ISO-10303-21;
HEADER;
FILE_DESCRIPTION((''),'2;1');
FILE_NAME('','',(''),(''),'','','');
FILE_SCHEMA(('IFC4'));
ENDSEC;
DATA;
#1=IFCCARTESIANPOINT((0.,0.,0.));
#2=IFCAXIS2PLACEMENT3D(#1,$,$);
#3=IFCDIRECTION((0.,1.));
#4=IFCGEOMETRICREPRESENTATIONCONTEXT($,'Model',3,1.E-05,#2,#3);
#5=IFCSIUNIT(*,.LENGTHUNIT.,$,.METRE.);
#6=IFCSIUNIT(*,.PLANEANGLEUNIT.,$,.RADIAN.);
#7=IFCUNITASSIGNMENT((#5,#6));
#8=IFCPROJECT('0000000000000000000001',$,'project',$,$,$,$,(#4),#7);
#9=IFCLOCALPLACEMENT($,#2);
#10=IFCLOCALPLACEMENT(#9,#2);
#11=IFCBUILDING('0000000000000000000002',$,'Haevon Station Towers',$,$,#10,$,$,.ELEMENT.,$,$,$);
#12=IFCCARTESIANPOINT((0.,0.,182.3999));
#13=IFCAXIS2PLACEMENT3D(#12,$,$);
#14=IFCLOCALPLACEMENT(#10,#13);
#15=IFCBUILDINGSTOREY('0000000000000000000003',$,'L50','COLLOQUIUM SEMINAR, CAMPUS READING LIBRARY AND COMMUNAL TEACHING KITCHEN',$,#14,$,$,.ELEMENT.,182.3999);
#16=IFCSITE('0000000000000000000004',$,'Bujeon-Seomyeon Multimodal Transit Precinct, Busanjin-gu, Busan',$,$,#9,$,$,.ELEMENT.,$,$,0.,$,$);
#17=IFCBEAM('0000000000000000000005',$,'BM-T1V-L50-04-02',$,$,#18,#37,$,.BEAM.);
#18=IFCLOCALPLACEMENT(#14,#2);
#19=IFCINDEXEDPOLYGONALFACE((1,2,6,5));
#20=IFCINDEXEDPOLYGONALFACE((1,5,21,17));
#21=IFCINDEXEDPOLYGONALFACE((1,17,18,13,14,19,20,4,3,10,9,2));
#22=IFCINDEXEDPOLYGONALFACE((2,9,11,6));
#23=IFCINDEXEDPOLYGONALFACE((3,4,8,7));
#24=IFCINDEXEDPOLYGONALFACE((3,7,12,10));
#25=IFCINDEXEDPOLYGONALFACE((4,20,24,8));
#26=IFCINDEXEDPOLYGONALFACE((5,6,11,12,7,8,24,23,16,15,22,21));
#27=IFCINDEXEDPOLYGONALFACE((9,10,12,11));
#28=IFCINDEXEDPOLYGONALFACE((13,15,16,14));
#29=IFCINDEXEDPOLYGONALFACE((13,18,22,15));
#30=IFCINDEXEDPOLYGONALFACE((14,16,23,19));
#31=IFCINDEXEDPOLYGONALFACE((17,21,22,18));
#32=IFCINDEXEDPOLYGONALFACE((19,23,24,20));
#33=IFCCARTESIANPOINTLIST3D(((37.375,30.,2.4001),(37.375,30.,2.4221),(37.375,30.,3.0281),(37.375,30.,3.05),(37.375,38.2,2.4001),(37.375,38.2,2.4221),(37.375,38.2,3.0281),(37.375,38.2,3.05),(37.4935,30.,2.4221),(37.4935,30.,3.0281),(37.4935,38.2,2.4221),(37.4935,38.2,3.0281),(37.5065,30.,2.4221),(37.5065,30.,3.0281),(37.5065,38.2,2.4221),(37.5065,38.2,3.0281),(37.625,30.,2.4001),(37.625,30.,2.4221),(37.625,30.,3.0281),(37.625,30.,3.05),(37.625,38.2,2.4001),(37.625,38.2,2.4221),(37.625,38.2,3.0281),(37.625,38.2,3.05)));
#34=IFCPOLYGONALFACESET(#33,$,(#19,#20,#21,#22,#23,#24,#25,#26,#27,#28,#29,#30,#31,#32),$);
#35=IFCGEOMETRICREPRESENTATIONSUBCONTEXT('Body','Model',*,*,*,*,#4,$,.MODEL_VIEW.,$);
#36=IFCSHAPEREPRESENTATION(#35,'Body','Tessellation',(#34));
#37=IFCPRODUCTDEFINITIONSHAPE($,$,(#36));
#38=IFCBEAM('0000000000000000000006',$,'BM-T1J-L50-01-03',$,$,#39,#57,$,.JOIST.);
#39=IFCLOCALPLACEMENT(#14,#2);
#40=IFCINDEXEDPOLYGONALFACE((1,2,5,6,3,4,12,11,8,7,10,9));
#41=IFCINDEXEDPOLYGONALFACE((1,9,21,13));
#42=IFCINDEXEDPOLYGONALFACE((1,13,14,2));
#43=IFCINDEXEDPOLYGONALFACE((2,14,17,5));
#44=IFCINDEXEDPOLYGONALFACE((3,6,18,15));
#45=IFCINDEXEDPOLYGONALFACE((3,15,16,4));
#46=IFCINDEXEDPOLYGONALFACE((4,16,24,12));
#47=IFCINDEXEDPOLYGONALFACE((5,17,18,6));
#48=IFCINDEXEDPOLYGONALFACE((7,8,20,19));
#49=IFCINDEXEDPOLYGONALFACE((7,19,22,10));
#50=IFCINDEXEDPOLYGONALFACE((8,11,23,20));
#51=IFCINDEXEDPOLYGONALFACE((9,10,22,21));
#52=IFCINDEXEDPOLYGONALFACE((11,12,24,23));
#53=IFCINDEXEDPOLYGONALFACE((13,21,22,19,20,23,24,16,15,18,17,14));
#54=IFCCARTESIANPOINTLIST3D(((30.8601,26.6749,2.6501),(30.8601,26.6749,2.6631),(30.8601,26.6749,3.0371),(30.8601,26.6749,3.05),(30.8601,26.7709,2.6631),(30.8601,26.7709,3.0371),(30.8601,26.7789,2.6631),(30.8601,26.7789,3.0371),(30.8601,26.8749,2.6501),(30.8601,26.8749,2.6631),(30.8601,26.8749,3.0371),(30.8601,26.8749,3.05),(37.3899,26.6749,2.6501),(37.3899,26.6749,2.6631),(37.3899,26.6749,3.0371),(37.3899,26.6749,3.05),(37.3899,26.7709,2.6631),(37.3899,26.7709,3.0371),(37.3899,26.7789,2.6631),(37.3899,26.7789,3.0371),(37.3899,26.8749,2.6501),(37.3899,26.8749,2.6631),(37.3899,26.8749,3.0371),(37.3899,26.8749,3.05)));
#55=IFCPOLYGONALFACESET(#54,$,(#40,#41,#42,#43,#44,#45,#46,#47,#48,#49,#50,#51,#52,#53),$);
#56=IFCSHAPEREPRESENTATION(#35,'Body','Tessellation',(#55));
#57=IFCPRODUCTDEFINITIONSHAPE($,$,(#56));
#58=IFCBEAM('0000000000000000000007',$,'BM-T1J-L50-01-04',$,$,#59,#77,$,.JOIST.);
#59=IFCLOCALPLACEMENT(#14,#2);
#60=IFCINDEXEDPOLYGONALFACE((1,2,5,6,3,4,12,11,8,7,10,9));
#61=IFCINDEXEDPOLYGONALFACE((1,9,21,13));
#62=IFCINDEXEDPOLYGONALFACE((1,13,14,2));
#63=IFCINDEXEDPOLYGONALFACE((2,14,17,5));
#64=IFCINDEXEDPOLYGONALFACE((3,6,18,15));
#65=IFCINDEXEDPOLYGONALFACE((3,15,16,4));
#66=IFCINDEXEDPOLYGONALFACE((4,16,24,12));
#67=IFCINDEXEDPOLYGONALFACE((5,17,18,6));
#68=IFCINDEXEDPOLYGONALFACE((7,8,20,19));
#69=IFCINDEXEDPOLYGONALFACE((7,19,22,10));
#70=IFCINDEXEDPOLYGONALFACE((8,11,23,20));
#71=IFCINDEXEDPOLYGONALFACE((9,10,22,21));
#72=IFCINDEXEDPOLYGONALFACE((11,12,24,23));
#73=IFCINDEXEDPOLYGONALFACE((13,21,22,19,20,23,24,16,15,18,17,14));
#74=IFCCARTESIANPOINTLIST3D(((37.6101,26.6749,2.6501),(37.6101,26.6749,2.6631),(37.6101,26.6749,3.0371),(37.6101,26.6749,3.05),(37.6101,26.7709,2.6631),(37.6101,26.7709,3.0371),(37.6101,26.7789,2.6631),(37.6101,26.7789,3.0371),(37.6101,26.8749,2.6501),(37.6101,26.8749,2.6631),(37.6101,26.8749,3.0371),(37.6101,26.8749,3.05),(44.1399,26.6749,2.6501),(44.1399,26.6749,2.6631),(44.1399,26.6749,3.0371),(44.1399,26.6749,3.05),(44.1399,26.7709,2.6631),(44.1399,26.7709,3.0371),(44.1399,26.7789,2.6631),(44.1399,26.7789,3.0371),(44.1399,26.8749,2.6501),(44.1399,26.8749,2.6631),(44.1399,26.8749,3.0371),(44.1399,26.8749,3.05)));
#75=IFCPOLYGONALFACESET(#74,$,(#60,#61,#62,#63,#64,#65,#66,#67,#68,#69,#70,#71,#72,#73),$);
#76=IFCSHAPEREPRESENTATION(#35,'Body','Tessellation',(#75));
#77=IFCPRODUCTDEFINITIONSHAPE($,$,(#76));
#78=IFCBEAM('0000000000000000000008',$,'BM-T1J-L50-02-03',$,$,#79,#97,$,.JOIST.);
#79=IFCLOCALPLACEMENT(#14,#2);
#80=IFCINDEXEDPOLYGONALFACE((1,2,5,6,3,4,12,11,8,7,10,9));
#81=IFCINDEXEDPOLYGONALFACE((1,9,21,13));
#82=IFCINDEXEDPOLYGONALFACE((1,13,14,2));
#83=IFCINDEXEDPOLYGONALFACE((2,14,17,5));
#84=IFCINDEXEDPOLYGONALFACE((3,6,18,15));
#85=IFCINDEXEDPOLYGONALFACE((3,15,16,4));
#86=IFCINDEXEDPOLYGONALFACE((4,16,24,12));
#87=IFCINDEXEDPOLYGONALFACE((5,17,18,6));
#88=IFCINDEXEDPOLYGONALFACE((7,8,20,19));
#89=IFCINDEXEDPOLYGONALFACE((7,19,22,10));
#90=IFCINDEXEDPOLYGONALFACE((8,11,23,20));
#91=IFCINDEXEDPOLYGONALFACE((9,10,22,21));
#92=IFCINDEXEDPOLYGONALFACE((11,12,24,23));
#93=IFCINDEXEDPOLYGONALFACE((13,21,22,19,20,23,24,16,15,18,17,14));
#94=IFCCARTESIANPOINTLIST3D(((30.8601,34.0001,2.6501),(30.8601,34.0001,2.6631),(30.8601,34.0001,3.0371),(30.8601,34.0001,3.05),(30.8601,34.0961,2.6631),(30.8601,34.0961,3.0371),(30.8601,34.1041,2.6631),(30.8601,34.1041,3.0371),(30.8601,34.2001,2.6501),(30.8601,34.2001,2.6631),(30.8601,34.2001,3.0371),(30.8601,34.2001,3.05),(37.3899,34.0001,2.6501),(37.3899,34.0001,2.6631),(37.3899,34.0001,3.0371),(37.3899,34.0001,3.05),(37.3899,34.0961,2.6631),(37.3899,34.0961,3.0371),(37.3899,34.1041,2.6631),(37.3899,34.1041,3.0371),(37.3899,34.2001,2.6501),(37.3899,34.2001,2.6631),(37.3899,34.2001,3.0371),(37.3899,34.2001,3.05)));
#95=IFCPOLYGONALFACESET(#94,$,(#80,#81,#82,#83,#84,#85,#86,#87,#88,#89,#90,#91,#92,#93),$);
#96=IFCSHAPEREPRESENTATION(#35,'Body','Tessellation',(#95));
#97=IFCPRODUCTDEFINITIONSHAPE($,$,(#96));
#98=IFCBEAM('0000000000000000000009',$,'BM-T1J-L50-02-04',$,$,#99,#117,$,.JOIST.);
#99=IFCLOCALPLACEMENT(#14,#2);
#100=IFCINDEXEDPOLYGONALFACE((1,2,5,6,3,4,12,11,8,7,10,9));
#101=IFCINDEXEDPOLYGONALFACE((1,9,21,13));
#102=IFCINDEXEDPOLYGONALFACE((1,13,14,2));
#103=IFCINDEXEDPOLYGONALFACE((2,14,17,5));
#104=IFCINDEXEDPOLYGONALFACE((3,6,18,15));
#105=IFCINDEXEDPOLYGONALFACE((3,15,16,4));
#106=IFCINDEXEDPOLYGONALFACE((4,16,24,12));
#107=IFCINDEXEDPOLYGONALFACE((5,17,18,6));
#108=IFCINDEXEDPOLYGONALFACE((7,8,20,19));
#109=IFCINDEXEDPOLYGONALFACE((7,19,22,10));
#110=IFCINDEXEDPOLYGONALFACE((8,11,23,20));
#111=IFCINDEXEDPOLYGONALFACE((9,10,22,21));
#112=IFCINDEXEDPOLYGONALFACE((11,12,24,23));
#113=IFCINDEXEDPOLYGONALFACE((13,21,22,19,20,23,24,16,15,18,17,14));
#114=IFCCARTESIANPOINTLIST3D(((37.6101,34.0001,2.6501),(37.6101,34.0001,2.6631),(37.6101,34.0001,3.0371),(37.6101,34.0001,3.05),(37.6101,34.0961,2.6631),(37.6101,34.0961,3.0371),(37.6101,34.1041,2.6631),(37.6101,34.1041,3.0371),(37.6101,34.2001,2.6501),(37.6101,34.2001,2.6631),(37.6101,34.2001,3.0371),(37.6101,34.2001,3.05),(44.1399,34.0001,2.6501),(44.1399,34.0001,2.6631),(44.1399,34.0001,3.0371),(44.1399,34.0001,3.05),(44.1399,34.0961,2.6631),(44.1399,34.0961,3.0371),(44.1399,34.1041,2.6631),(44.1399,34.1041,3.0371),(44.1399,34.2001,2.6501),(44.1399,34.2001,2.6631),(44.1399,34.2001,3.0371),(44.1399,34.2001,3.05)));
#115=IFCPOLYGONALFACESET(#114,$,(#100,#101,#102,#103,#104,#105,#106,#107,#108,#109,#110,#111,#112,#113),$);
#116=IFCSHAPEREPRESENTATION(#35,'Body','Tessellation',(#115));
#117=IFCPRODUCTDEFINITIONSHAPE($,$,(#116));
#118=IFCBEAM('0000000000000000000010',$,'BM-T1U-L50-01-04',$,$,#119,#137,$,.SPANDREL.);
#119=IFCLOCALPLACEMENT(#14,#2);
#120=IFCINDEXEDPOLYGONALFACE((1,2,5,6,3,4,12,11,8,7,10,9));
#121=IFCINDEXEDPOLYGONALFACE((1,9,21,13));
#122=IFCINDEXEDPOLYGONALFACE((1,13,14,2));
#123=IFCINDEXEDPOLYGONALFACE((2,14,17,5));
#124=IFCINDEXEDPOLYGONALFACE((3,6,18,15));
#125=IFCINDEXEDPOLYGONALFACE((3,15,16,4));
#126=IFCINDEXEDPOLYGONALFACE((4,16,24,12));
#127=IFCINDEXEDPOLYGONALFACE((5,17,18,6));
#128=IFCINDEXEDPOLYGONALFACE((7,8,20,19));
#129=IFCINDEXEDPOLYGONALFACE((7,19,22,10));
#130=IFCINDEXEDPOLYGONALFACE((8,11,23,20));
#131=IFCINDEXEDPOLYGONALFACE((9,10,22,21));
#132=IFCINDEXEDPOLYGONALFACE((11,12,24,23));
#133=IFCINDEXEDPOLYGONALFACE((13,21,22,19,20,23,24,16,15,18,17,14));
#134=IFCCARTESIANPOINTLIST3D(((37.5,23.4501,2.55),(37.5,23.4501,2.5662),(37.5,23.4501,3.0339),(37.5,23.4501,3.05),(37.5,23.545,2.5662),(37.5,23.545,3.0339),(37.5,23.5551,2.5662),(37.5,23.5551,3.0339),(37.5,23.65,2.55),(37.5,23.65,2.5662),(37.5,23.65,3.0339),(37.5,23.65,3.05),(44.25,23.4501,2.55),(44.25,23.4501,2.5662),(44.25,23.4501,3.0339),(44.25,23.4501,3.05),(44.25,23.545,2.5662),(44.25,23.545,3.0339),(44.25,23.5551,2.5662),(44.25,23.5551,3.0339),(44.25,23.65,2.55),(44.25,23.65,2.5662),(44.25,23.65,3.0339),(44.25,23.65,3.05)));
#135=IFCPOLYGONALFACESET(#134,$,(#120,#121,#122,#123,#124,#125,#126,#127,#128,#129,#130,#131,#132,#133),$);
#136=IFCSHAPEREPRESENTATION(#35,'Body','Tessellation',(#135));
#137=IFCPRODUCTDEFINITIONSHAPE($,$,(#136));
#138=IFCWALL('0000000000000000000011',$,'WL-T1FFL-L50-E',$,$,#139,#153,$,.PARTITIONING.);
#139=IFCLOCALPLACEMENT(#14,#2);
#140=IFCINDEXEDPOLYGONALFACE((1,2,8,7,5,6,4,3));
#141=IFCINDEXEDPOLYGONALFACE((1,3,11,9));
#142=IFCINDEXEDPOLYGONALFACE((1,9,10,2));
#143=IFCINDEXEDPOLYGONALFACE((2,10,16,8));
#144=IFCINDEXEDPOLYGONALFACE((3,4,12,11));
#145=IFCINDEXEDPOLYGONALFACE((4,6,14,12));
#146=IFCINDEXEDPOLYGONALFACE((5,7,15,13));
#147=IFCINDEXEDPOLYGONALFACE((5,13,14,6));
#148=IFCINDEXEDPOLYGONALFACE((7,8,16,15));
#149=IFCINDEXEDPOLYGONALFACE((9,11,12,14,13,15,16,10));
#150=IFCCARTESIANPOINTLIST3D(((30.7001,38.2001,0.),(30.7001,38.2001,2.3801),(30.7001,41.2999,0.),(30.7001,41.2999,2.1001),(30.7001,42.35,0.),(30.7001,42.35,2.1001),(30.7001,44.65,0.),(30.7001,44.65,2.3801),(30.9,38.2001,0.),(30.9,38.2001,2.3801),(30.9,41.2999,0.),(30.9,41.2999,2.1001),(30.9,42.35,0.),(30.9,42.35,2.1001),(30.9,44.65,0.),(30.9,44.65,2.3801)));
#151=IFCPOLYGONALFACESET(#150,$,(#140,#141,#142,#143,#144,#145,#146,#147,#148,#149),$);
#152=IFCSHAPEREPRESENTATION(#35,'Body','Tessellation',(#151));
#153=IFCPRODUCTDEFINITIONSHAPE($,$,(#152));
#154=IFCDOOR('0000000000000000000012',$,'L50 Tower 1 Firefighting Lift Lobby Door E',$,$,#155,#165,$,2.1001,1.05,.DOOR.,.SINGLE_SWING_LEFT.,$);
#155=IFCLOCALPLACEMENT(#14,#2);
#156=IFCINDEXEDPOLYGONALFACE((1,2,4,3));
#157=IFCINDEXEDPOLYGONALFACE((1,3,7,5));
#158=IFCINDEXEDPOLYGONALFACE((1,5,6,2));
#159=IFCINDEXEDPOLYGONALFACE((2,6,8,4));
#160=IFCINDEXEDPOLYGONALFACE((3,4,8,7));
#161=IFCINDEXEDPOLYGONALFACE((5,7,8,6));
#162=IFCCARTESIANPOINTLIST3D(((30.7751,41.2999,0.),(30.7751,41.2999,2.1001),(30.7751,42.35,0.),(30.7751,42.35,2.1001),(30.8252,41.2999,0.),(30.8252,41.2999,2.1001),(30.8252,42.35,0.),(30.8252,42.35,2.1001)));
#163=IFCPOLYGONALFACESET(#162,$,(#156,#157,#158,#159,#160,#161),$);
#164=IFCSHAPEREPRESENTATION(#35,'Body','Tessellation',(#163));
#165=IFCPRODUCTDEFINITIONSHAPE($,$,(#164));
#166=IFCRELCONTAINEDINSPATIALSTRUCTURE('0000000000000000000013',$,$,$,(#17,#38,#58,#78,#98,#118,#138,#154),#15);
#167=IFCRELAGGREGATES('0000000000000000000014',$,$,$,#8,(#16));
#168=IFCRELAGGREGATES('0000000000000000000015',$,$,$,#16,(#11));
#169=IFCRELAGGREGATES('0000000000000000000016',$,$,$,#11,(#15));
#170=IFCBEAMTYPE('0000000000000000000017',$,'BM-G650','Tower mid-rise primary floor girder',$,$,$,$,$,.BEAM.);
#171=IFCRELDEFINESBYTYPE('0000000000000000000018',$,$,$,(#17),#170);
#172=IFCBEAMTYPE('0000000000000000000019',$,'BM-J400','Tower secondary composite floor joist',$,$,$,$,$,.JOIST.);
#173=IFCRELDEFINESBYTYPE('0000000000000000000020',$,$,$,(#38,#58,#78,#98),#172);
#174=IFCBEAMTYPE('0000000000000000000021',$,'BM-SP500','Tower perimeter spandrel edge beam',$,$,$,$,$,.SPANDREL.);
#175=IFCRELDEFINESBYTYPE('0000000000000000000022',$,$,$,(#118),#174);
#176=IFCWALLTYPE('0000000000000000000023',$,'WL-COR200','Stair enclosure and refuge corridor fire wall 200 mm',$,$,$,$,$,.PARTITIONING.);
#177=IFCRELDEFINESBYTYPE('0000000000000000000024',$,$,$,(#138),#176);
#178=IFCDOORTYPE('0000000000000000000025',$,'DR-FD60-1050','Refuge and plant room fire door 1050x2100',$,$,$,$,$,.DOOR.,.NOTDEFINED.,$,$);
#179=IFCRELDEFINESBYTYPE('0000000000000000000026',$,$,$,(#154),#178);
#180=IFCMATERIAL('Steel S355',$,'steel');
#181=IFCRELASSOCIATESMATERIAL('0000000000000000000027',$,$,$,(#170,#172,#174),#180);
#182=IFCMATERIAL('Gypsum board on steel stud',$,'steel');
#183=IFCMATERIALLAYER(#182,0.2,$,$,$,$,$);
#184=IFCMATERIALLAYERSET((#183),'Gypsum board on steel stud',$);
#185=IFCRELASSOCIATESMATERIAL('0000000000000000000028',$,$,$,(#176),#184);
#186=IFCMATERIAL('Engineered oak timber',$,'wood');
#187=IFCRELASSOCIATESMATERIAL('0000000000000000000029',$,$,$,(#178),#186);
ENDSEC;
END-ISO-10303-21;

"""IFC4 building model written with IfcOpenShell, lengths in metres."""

from ifc_helpers import new_model, si_unit, direction, frame, frame_2d, origin, origin_2d, place, context, subcontext, project, spatial, rectangle, i_section, extrude, material, layer, layer_set, material_profile, profile_set, type_object, element, fill, save


model = new_model("IFC4")

# Units and contexts
model_context = context("Model", 3, precision=1e-05, world=origin(), true_north=direction((0.0, 1.0)))
body_context = subcontext(model_context, "Body", "Model", "MODEL_VIEW")
ifc_project = project(units=[si_unit("LENGTHUNIT", "METRE"), si_unit("PLANEANGLEUNIT", "RADIAN")], contexts=[model_context])

# Site, building, storey
site_placement = place(None, origin())
site = spatial("IfcSite", under=ifc_project, at=site_placement, Name="Bujeon-Seomyeon Multimodal Transit Precinct, Busanjin-gu, Busan", CompositionType="ELEMENT", RefElevation=0.0)
building_placement = place(site_placement, origin())
building = spatial("IfcBuilding", under=site, at=building_placement, Name="Haevon Station Towers", CompositionType="ELEMENT")
storey_placement = place(building_placement, frame((0.0, 0.0, 182.3999)))
storey = spatial("IfcBuildingStorey", under=building, at=storey_placement, Name="L50", Description="COLLOQUIUM SEMINAR, CAMPUS READING LIBRARY AND COMMUNAL TEACHING KITCHEN", CompositionType="ELEMENT", Elevation=182.3999)

# Shared definitions
ifc_material_1 = material(Name="Steel S355", Category="steel")

# Beams
ifc_material_profile_1 = material_profile(ifc_material_1, i_section(OverallWidth=0.25, OverallDepth=0.6499, WebThickness=0.0129, FlangeThickness=0.022, at=origin_2d()), Name="H-650x250x13x22")
ifc_profile_set_1 = profile_set([ifc_material_profile_1], Name="Steel S355")
beam_type_1 = type_object("IfcBeamType", Name="BM-G650", Description="Tower mid-rise primary floor girder", PredefinedType="BEAM", material=ifc_profile_set_1)
beam_1_placement = place(storey_placement, frame((37.5, 30.0, 2.7251), z_axis=(0.0, 1.0, 0.0), x_axis=(-1.0, 0.0, 0.0)))
element("IfcBeam", 1, at=beam_1_placement, inside=storey, type_object=beam_type_1, Name="BM-T1V-L50-04-02", PredefinedType="BEAM", context=body_context, shape_type="SweptSolid", body=[
    extrude(i_section(OverallWidth=0.25, OverallDepth=0.6499, WebThickness=0.0129, FlangeThickness=0.022, at=origin_2d()), origin(), (0.0, 0.0, 1.0), 8.2),
])
ifc_material_profile_2 = material_profile(ifc_material_1, i_section(OverallWidth=0.2, OverallDepth=0.3999, WebThickness=0.0081, FlangeThickness=0.0129, at=origin_2d()), Name="H-400x200x8x13")
ifc_profile_set_2 = profile_set([ifc_material_profile_2], Name="Steel S355")
beam_type_2 = type_object("IfcBeamType", Name="BM-J400", Description="Tower secondary composite floor joist", PredefinedType="JOIST", material=ifc_profile_set_2)
for number, where, z_axis, x_axis, name in (
    (2, (30.8601, 26.7749, 2.8501), (1.0, 0.0, 0.0), (0.0, 1.0, 0.0), "BM-T1J-L50-01-03"),
    (3, (37.6101, 26.7749, 2.8501), (1.0, 0.0, 0.0), (0.0, 1.0, 0.0), "BM-T1J-L50-01-04"),
    (4, (30.8601, 34.1001, 2.8501), (1.0, 0.0, 0.0), (0.0, 1.0, 0.0), "BM-T1J-L50-02-03"),
    (5, (37.6101, 34.1001, 2.8501), (1.0, 0.0, 0.0), (0.0, 1.0, 0.0), "BM-T1J-L50-02-04"),
):
    element("IfcBeam", number, at=place(storey_placement, frame(where, z_axis=z_axis, x_axis=x_axis)), inside=storey, type_object=beam_type_2, Name=name, PredefinedType="JOIST", context=body_context, shape_type="SweptSolid", body=[
        extrude(i_section(OverallWidth=0.2, OverallDepth=0.3999, WebThickness=0.0081, FlangeThickness=0.0129, at=origin_2d()), origin(), (0.0, 0.0, 1.0), 6.5298),
    ])
ifc_material_profile_3 = material_profile(ifc_material_1, i_section(OverallWidth=0.2, OverallDepth=0.5, WebThickness=0.01, FlangeThickness=0.0161, at=origin_2d()), Name="H-500x200x10x16")
ifc_profile_set_3 = profile_set([ifc_material_profile_3], Name="Steel S355")
beam_type_3 = type_object("IfcBeamType", Name="BM-SP500", Description="Tower perimeter spandrel edge beam", PredefinedType="SPANDREL", material=ifc_profile_set_3)
beam_2_placement = place(storey_placement, frame((37.5, 23.55, 2.8), z_axis=(1.0, 0.0, 0.0), x_axis=(0.0, 1.0, 0.0)))
element("IfcBeam", 6, at=beam_2_placement, inside=storey, type_object=beam_type_3, Name="BM-T1U-L50-01-04", PredefinedType="SPANDREL", context=body_context, shape_type="SweptSolid", body=[
    extrude(i_section(OverallWidth=0.2, OverallDepth=0.5, WebThickness=0.01, FlangeThickness=0.0161, at=origin_2d()), origin(), (0.0, 0.0, 1.0), 6.75),
])

# Wall, opening, door
ifc_material_2 = material(Name="Gypsum board on steel stud", Category="steel")
ifc_layer_1 = layer(ifc_material_2, 0.2)
ifc_layer_set_1 = layer_set([ifc_layer_1], Name="Gypsum board on steel stud")
wall_type_1 = type_object("IfcWallType", Name="WL-COR200", Description="Stair enclosure and refuge corridor fire wall 200 mm", PredefinedType="PARTITIONING", material=ifc_layer_set_1)
wall_1_placement = place(storey_placement, frame((30.8, 38.2, 0.0), z_axis=(0.0, 0.0, 1.0), x_axis=(0.0, 1.0, 0.0)))
wall_1 = element("IfcWall", 7, at=wall_1_placement, inside=storey, type_object=wall_type_1, Name="WL-T1FFL-L50-E", PredefinedType="PARTITIONING", context=body_context, shape_type="SweptSolid", body=[
    extrude(rectangle(XDim=6.45, YDim=0.2, at=frame_2d((3.2251, 0.0))), origin(), (0.0, 0.0, 1.0), 2.3801),
])
opening_1_placement = place(wall_1_placement, frame((3.1001, 0.0, 0.0)))
opening_1 = element("IfcOpeningElement", 8, at=opening_1_placement, cuts=wall_1, PredefinedType="OPENING", context=body_context, shape_type="SweptSolid", body=[
    extrude(rectangle(XDim=1.05, YDim=2.1001, at=frame_2d((0.5249, 1.05))), frame((0.0, 0.1099, 0.0), z_axis=(0.0, -1.0, 0.0), x_axis=(1.0, 0.0, 0.0)), (0.0, 0.0, 1.0), 0.22),
])
ifc_material_3 = material(Name="Engineered oak timber", Category="wood")
door_type_1 = type_object("IfcDoorType", Name="DR-FD60-1050", Description="Refuge and plant room fire door 1050x2100", OperationType="NOTDEFINED", PredefinedType="DOOR", material=ifc_material_3)
door_1_placement = place(opening_1_placement, origin())
door_1 = element("IfcDoor", 9, at=door_1_placement, inside=storey, type_object=door_type_1, Name="L50 Tower 1 Firefighting Lift Lobby Door E", OperationType="SINGLE_SWING_LEFT", OverallHeight=2.1001, OverallWidth=1.05, PredefinedType="DOOR", context=body_context, shape_type="SweptSolid", body=[
    extrude(rectangle(XDim=1.05, YDim=2.1001, at=frame_2d((0.5249, 1.05))), frame((0.0, 0.0249, 0.0), z_axis=(0.0, -1.0, 0.0), x_axis=(1.0, 0.0, 0.0)), (0.0, 0.0, 1.0), 0.05),
])
fill(opening_1, door_1)

save(model, "model.ifc")
